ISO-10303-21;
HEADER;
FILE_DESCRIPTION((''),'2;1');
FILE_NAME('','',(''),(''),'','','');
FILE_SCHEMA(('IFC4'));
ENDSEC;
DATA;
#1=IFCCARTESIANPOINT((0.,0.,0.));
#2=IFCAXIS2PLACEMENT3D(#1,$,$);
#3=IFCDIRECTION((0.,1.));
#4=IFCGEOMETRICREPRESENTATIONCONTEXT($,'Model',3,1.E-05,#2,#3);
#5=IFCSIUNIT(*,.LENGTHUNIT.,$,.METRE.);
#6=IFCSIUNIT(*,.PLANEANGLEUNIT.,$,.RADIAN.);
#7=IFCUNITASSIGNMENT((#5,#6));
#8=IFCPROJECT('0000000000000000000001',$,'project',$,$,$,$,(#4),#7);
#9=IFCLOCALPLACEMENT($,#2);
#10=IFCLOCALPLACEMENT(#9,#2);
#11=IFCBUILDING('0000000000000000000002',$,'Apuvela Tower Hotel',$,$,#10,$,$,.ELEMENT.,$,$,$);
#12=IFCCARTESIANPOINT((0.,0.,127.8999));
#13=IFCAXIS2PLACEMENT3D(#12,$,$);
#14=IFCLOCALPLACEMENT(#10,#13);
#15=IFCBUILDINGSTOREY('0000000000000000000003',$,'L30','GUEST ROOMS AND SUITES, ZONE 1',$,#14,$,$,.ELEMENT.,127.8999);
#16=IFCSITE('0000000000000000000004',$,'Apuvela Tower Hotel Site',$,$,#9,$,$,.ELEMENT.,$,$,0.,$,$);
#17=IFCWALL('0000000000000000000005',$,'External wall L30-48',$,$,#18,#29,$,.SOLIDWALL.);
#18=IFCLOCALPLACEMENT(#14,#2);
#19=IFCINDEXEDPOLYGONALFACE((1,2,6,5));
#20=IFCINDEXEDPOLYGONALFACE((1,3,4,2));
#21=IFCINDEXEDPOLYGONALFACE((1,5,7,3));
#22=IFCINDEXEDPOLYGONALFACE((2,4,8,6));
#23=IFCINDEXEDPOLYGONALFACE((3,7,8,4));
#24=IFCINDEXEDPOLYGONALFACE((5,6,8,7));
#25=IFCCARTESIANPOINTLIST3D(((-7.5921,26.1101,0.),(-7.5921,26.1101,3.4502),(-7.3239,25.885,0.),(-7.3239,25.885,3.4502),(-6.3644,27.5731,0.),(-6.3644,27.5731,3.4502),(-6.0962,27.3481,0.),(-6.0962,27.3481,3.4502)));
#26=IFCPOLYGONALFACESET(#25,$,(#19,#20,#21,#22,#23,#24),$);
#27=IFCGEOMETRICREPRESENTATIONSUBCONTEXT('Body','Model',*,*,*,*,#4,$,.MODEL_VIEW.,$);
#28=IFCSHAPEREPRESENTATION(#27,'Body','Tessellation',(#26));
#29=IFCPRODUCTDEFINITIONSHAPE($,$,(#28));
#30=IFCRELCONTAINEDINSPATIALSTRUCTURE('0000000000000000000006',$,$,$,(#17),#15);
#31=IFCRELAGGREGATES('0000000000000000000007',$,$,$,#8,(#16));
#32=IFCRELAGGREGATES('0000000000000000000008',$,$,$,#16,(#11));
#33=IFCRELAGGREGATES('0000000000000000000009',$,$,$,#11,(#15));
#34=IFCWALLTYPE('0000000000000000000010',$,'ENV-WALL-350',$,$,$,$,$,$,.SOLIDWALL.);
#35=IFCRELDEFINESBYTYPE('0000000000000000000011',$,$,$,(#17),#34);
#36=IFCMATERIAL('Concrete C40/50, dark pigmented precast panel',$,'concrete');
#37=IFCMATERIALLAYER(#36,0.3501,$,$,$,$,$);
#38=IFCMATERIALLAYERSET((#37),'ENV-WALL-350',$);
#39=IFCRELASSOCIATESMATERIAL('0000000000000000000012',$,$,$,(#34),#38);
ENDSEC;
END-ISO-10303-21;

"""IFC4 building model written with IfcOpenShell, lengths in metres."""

from ifc_helpers import new_model, si_unit, direction, frame, frame_2d, origin, place, context, subcontext, project, spatial, rectangle, extrude, material, layer, layer_set, type_object, element, save


model = new_model("IFC4")

# Units and contexts
model_context = context("Model", 3, precision=1e-05, world=origin(), true_north=direction((0.0, 1.0)))
body_context = subcontext(model_context, "Body", "Model", "MODEL_VIEW")
ifc_project = project(units=[si_unit("LENGTHUNIT", "METRE"), si_unit("PLANEANGLEUNIT", "RADIAN")], contexts=[model_context])

# Site, building, storey
site_placement = place(None, origin())
site = spatial("IfcSite", under=ifc_project, at=site_placement, Name="Apuvela Tower Hotel Site", CompositionType="ELEMENT", RefElevation=0.0)
building_placement = place(site_placement, origin())
building = spatial("IfcBuilding", under=site, at=building_placement, Name="Apuvela Tower Hotel", CompositionType="ELEMENT")
storey_placement = place(building_placement, frame((0.0, 0.0, 127.8999)))
storey = spatial("IfcBuildingStorey", under=building, at=storey_placement, Name="L30", Description="GUEST ROOMS AND SUITES, ZONE 1", CompositionType="ELEMENT", Elevation=127.8999)

# Shared definitions
ifc_material_1 = material(Name="Concrete C40/50, dark pigmented precast panel", Category="concrete")
ifc_layer_1 = layer(ifc_material_1, 0.3501)
ifc_layer_set_1 = layer_set([ifc_layer_1], Name="ENV-WALL-350")
wall_type_1 = type_object("IfcWallType", Name="ENV-WALL-350", PredefinedType="SOLIDWALL", material=ifc_layer_set_1)

# Wall
wall_1_placement = place(storey_placement, frame((-6.2302, 27.4607, 0.0), z_axis=(0.0, 0.0, 1.0), x_axis=(-0.642808, -0.766027, 0.0)))
element("IfcWall", 1, at=wall_1_placement, inside=storey, type_object=wall_type_1, Name="External wall L30-48", PredefinedType="SOLIDWALL", context=body_context, shape_type="SweptSolid", body=[
    extrude(rectangle(XDim=1.9099, YDim=0.3501, at=frame_2d((0.9551, 0.0))), origin(), (0.0, 0.0, 1.0), 3.4502),
])

save(model, "model.ifc")
